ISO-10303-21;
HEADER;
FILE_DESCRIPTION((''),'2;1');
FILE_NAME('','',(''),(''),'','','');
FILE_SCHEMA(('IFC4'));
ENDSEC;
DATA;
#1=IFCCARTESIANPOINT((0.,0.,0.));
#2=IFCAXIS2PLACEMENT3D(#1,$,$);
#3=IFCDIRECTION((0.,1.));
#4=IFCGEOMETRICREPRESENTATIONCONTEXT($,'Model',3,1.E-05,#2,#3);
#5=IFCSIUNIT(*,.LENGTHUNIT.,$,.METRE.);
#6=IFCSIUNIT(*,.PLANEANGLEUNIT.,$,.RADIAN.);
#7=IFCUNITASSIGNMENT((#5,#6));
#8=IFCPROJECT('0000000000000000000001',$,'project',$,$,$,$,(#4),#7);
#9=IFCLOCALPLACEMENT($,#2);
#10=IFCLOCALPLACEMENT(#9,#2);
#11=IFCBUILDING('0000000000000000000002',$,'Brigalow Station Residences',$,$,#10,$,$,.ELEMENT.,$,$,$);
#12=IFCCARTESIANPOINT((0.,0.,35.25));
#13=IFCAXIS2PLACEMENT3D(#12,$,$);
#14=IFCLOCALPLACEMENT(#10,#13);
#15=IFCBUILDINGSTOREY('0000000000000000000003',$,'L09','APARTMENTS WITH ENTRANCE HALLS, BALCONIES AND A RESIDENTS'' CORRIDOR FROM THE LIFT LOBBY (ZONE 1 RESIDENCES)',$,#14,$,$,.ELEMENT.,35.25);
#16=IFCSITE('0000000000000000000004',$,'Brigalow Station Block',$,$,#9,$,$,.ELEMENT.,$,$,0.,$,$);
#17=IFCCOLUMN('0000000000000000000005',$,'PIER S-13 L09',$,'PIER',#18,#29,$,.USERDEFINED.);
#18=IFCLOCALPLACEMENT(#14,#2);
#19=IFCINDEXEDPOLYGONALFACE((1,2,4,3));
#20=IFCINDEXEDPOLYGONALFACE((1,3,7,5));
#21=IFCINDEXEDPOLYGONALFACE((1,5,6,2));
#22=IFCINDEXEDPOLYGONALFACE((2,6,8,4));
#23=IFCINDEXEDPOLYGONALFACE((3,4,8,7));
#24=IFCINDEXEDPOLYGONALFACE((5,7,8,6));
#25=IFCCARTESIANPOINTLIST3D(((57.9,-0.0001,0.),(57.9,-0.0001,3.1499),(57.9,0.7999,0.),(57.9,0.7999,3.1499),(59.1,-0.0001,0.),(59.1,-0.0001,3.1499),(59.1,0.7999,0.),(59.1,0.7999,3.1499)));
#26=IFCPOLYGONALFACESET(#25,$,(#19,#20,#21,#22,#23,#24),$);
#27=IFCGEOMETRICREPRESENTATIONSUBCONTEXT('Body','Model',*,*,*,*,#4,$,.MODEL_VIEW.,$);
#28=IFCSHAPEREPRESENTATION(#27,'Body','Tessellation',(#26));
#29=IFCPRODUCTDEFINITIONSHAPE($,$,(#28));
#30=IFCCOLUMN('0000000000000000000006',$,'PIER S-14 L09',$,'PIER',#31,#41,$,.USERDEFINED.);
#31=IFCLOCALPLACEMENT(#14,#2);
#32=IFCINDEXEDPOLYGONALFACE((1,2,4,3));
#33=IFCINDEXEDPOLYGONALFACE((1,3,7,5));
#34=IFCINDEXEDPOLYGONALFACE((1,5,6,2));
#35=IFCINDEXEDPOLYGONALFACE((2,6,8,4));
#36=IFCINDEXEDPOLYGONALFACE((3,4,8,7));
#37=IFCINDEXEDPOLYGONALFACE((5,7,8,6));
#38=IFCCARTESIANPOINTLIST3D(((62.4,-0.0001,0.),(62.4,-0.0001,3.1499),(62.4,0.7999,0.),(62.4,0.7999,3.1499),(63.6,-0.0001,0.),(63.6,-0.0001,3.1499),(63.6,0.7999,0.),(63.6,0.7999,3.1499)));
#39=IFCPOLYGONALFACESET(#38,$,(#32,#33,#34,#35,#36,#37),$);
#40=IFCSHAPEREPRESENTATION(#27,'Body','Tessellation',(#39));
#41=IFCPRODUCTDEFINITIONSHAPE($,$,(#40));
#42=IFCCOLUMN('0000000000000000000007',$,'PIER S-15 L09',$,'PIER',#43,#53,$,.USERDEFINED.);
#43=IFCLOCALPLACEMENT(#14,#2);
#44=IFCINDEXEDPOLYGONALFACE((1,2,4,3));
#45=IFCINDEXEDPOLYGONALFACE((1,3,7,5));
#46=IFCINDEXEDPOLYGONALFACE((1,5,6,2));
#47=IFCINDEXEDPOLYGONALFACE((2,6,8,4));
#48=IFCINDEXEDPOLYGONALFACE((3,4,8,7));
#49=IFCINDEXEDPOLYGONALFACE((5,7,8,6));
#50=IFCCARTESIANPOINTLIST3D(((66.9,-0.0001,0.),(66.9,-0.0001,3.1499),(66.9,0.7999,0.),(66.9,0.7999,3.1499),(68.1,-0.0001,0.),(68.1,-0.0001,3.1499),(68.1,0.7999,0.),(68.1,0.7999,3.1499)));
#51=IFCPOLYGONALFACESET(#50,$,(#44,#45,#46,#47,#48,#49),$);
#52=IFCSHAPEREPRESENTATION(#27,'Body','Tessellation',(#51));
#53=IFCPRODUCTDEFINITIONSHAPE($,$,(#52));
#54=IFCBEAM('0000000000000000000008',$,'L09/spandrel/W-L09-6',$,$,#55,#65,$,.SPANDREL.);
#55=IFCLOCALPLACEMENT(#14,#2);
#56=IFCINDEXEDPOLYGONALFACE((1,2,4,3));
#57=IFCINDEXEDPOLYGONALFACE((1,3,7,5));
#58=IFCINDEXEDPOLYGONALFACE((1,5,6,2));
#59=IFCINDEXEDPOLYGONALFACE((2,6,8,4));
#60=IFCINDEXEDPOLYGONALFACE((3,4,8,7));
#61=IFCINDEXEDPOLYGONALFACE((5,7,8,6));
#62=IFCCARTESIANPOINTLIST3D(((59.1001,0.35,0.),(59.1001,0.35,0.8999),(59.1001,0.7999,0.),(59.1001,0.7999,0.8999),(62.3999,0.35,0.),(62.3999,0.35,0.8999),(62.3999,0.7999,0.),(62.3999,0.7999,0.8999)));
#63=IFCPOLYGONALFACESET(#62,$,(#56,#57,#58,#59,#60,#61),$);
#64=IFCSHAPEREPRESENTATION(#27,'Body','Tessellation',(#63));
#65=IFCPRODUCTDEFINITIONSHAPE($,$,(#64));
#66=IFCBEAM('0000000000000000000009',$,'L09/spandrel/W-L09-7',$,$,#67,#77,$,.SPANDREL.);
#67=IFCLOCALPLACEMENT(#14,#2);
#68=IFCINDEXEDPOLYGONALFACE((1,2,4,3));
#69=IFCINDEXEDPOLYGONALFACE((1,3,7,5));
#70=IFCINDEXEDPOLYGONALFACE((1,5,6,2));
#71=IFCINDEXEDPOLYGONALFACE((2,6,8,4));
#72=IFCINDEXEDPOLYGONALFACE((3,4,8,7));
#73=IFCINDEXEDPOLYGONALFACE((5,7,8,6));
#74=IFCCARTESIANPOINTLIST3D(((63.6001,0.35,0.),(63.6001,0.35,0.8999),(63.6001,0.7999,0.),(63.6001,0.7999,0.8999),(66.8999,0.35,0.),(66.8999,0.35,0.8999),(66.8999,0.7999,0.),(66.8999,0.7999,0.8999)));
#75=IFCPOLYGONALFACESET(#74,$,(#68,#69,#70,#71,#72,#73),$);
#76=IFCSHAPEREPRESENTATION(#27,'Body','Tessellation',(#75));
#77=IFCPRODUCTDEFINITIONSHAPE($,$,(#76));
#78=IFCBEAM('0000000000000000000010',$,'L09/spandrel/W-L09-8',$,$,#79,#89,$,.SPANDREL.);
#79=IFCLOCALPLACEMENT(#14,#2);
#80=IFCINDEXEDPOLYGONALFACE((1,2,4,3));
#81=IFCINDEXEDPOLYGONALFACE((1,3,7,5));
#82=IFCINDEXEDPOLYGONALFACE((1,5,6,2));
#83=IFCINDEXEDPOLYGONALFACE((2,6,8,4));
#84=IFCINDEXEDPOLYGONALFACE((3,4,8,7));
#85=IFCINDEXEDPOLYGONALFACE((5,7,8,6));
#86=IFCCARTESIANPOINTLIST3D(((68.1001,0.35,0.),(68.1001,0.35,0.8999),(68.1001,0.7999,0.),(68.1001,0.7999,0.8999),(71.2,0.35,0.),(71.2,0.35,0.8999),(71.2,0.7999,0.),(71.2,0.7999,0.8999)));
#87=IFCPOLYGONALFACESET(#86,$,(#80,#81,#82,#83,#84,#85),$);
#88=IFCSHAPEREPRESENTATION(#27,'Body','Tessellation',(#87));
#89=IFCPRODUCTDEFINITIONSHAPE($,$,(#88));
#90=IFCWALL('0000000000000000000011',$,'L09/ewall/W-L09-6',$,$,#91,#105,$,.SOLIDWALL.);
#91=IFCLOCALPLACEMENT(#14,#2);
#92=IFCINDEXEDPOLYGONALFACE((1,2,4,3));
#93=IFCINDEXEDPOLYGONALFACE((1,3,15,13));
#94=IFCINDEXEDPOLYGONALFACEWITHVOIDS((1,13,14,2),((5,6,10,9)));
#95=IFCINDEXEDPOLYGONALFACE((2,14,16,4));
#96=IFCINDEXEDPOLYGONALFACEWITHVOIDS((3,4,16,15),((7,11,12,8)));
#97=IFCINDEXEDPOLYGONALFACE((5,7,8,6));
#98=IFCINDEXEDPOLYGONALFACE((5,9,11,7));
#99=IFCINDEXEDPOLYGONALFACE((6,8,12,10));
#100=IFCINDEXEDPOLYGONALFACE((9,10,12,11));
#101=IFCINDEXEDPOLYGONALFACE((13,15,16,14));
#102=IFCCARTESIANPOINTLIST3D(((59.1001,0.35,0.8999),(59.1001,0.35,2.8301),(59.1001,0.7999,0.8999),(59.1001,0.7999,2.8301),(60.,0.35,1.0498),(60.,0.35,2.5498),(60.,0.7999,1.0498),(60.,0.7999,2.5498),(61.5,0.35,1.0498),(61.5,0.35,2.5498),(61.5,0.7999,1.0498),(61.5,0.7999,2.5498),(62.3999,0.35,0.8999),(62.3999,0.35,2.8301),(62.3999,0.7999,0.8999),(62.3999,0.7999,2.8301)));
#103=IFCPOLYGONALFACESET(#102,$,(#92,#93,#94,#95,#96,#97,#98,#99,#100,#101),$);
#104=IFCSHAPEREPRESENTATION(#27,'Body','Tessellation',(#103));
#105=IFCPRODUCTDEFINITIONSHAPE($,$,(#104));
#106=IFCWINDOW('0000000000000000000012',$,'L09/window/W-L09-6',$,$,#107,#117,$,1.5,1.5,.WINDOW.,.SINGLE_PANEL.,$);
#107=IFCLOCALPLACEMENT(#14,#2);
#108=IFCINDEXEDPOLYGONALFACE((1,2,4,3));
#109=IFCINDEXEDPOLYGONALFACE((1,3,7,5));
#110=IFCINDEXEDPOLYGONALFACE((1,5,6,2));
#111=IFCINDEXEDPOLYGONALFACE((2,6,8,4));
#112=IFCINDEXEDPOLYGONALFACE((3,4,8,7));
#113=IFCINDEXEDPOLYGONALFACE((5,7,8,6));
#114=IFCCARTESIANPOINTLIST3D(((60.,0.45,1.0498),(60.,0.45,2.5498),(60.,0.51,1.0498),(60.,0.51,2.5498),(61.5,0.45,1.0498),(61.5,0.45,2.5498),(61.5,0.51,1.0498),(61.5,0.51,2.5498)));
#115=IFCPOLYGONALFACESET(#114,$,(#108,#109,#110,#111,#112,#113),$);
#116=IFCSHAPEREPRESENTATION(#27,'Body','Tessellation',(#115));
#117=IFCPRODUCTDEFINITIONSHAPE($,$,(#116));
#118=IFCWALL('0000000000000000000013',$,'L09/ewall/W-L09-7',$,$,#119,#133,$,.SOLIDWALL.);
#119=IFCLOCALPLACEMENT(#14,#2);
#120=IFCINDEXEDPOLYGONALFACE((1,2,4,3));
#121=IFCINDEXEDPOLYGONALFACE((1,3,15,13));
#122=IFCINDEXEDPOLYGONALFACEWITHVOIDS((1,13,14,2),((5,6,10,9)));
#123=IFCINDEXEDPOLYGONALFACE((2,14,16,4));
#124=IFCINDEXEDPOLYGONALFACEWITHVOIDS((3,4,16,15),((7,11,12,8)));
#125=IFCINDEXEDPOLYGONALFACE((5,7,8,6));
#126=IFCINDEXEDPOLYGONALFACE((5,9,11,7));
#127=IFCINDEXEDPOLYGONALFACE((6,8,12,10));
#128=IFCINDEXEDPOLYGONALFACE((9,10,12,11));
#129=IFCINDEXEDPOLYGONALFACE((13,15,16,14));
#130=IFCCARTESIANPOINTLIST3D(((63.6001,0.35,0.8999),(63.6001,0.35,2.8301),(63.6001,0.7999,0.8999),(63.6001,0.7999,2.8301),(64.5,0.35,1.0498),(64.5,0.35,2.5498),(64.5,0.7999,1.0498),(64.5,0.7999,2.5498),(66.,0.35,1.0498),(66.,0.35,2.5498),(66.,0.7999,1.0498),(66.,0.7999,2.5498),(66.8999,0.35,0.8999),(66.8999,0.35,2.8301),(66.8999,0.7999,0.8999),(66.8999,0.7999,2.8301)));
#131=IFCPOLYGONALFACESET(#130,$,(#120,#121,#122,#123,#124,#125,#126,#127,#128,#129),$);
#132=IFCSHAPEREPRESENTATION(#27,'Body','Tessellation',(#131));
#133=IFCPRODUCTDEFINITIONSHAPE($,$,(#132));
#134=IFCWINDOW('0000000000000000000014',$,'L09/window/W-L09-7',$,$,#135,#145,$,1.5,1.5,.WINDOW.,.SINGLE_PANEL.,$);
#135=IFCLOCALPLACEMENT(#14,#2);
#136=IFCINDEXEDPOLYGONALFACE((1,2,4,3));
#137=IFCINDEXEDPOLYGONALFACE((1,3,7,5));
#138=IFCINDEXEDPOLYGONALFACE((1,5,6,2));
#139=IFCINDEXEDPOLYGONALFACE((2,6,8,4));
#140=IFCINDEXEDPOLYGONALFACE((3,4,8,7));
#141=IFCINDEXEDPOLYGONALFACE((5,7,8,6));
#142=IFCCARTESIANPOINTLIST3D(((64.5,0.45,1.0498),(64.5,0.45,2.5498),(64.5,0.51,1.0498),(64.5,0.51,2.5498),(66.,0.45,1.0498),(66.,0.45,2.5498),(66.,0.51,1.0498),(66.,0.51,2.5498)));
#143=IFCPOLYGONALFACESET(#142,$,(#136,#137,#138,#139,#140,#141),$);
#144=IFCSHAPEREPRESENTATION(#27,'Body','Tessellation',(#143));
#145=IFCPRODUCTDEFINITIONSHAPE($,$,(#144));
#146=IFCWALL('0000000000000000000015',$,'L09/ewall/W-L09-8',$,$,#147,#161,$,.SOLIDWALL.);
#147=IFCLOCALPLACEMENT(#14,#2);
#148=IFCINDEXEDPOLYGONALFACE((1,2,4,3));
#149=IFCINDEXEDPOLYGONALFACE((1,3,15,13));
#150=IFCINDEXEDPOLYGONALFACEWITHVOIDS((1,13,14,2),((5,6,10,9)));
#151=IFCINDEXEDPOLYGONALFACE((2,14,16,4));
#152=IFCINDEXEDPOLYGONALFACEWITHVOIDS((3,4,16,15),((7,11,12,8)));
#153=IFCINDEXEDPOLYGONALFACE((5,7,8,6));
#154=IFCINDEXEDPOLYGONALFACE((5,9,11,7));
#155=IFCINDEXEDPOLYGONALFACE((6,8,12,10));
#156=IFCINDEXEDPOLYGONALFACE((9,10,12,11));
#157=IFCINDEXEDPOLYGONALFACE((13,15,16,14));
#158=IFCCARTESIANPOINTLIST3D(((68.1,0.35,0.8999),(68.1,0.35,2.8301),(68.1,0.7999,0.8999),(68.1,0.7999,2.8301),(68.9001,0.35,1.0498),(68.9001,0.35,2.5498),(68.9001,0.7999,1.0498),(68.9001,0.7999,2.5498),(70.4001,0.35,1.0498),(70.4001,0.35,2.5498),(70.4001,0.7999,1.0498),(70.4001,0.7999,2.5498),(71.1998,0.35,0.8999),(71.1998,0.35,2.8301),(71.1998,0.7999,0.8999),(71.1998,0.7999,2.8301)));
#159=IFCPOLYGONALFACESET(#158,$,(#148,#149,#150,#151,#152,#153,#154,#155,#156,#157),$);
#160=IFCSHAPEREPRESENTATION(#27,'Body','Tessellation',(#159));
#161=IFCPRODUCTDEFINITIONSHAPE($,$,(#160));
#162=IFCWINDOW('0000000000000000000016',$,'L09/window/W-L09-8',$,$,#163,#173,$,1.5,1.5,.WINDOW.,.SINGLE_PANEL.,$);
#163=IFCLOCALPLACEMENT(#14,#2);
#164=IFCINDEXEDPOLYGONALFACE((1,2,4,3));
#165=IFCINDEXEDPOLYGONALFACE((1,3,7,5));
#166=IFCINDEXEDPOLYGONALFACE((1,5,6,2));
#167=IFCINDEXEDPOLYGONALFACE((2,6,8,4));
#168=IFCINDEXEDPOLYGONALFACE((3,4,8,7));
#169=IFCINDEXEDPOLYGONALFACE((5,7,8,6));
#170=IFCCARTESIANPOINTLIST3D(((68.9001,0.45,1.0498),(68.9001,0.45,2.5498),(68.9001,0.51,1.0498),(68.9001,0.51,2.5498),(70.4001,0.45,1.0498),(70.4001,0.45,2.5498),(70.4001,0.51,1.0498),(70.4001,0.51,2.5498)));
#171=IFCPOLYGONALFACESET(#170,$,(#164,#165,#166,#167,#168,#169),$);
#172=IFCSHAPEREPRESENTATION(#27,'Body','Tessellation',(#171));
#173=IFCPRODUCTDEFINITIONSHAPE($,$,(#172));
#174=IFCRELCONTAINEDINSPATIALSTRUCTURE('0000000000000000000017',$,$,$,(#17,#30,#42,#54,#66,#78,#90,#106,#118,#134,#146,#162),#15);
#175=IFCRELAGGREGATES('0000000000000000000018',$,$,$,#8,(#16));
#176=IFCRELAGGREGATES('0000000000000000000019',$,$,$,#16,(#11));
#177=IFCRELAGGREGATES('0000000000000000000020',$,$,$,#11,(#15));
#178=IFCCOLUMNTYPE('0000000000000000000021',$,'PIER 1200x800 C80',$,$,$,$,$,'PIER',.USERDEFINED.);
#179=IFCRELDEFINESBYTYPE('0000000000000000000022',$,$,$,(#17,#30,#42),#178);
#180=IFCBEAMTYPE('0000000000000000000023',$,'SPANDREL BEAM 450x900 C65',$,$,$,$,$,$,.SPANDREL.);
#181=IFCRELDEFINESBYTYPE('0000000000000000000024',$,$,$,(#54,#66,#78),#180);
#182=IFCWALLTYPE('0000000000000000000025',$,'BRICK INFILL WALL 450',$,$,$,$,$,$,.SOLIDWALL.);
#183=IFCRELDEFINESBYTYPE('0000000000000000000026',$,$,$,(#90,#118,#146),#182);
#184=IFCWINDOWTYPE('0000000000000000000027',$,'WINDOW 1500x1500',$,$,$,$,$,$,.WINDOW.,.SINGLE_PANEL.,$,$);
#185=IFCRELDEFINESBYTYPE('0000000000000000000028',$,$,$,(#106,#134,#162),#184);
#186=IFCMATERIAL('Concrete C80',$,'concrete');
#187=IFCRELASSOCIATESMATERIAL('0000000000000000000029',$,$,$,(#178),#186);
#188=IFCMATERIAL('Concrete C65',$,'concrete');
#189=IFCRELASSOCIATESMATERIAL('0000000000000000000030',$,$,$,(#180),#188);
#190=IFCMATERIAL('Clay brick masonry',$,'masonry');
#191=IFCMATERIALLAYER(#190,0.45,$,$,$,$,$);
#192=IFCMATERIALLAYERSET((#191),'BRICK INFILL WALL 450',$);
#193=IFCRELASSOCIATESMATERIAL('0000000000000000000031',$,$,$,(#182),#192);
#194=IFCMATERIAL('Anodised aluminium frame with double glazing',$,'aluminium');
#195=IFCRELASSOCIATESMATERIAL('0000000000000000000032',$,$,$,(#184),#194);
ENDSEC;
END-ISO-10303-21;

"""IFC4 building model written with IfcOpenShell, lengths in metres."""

from ifc_helpers import new_model, si_unit, direction, frame, frame_2d, origin, origin_2d, place, context, subcontext, project, spatial, rectangle, extrude, material, layer, layer_set, material_profile, profile_set, type_object, element, fill, save


model = new_model("IFC4")

# Units and contexts
model_context = context("Model", 3, precision=1e-05, world=origin(), true_north=direction((0.0, 1.0)))
body_context = subcontext(model_context, "Body", "Model", "MODEL_VIEW")
ifc_project = project(units=[si_unit("LENGTHUNIT", "METRE"), si_unit("PLANEANGLEUNIT", "RADIAN")], contexts=[model_context])

# Site, building, storey
site_placement = place(None, origin())
site = spatial("IfcSite", under=ifc_project, at=site_placement, Name="Brigalow Station Block", CompositionType="ELEMENT", RefElevation=0.0)
building_placement = place(site_placement, origin())
building = spatial("IfcBuilding", under=site, at=building_placement, Name="Brigalow Station Residences", CompositionType="ELEMENT")
storey_placement = place(building_placement, frame((0.0, 0.0, 35.25)))
storey = spatial("IfcBuildingStorey", under=building, at=storey_placement, Name="L09", Description="APARTMENTS WITH ENTRANCE HALLS, BALCONIES AND A RESIDENTS' CORRIDOR FROM THE LIFT LOBBY (ZONE 1 RESIDENCES)", CompositionType="ELEMENT", Elevation=35.25)

# Columns
ifc_material_1 = material(Name="Concrete C80", Category="concrete")
ifc_material_profile_1 = material_profile(ifc_material_1, rectangle(XDim=1.2, YDim=0.8, at=origin_2d()), Name="RC1200x800")
ifc_profile_set_1 = profile_set([ifc_material_profile_1], Name="Concrete C80")
column_type = type_object("IfcColumnType", Name="PIER 1200x800 C80", ElementType="PIER", PredefinedType="USERDEFINED", material=ifc_profile_set_1)
for number, where, z_axis, x_axis, name in (
    (1, (58.5, 0.3999, 0.0), (0.0, 0.0, 1.0), (1.0, 0.0, 0.0), "PIER S-13 L09"),
    (2, (63.0, 0.3999, 0.0), (0.0, 0.0, 1.0), (1.0, 0.0, 0.0), "PIER S-14 L09"),
    (3, (67.5, 0.3999, 0.0), (0.0, 0.0, 1.0), (1.0, 0.0, 0.0), "PIER S-15 L09"),
):
    element("IfcColumn", number, at=place(storey_placement, frame(where, z_axis=z_axis, x_axis=x_axis)), inside=storey, type_object=column_type, Name=name, ObjectType="PIER", PredefinedType="USERDEFINED", context=body_context, shape_type="SweptSolid", body=[
        extrude(rectangle(XDim=1.2, YDim=0.8, at=origin_2d()), origin(), (0.0, 0.0, 1.0), 3.1499),
    ])

# Beams
ifc_material_2 = material(Name="Concrete C65", Category="concrete")
ifc_material_profile_2 = material_profile(ifc_material_2, rectangle(XDim=0.45, YDim=0.8999, at=origin_2d()), Name="RC450x900")
ifc_profile_set_2 = profile_set([ifc_material_profile_2], Name="Concrete C65")
beam_type = type_object("IfcBeamType", Name="SPANDREL BEAM 450x900 C65", PredefinedType="SPANDREL", material=ifc_profile_set_2)
for number, where, z_axis, x_axis, name in (
    (4, (59.1001, 0.575, 0.45), (1.0, 0.0, 0.0), (0.0, 1.0, 0.0), "L09/spandrel/W-L09-6"),
    (5, (63.6001, 0.575, 0.45), (1.0, 0.0, 0.0), (0.0, 1.0, 0.0), "L09/spandrel/W-L09-7"),
):
    element("IfcBeam", number, at=place(storey_placement, frame(where, z_axis=z_axis, x_axis=x_axis)), inside=storey, type_object=beam_type, Name=name, PredefinedType="SPANDREL", context=body_context, shape_type="SweptSolid", body=[
        extrude(rectangle(XDim=0.45, YDim=0.8999, at=origin_2d()), origin(), (0.0, 0.0, 1.0), 3.2998),
    ])
beam_placement = place(storey_placement, frame((68.1001, 0.575, 0.45), z_axis=(1.0, 0.0, 0.0), x_axis=(0.0, 1.0, 0.0)))
element("IfcBeam", 6, at=beam_placement, inside=storey, type_object=beam_type, Name="L09/spandrel/W-L09-8", PredefinedType="SPANDREL", context=body_context, shape_type="SweptSolid", body=[
    extrude(rectangle(XDim=0.45, YDim=0.8999, at=origin_2d()), origin(), (0.0, 0.0, 1.0), 3.0999),
])

# Walls, openings, windows
ifc_material_3 = material(Name="Clay brick masonry", Category="masonry")
ifc_layer_1 = layer(ifc_material_3, 0.45)
ifc_layer_set_1 = layer_set([ifc_layer_1], Name="BRICK INFILL WALL 450")
wall_type_1 = type_object("IfcWallType", Name="BRICK INFILL WALL 450", PredefinedType="SOLIDWALL", material=ifc_layer_set_1)
wall_1_placement = place(storey_placement, frame((59.1001, 0.575, 0.8999), z_axis=(0.0, 0.0, 1.0), x_axis=(1.0, 0.0, 0.0)))
wall_1 = element("IfcWall", 7, at=wall_1_placement, inside=storey, type_object=wall_type_1, Name="L09/ewall/W-L09-6", PredefinedType="SOLIDWALL", context=body_context, shape_type="SweptSolid", body=[
    extrude(rectangle(XDim=3.2998, YDim=0.45, at=frame_2d((1.6499, 0.0))), origin(), (0.0, 0.0, 1.0), 1.9302),
])
opening_1_placement = place(wall_1_placement, frame((0.8999, 0.0, 0.1499)))
opening_1 = element("IfcOpeningElement", 8, at=opening_1_placement, cuts=wall_1, PredefinedType="OPENING", context=body_context, shape_type="SweptSolid", body=[
    extrude(rectangle(XDim=1.5, YDim=1.5, at=frame_2d((0.75, 0.75))), frame((0.0, 0.2349, 0.0), z_axis=(0.0, -1.0, 0.0), x_axis=(1.0, 0.0, 0.0)), (0.0, 0.0, 1.0), 0.47),
])
ifc_material_4 = material(Name="Anodised aluminium frame with double glazing", Category="aluminium")
window_type = type_object("IfcWindowType", Name="WINDOW 1500x1500", PartitioningType="SINGLE_PANEL", PredefinedType="WINDOW", material=ifc_material_4)
window_1_placement = place(opening_1_placement, origin())
window_1 = element("IfcWindow", 9, at=window_1_placement, inside=storey, type_object=window_type, Name="L09/window/W-L09-6", OverallHeight=1.5, OverallWidth=1.5, PartitioningType="SINGLE_PANEL", PredefinedType="WINDOW", context=body_context, shape_type="SweptSolid", body=[
    extrude(rectangle(XDim=1.5, YDim=1.5, at=frame_2d((0.75, 0.75))), frame((0.0, -0.0649, 0.0), z_axis=(0.0, -1.0, 0.0), x_axis=(1.0, 0.0, 0.0)), (0.0, 0.0, 1.0), 0.0601),
])
fill(opening_1, window_1)
wall_2_placement = place(storey_placement, frame((63.6001, 0.575, 0.8999), z_axis=(0.0, 0.0, 1.0), x_axis=(1.0, 0.0, 0.0)))
wall_2 = element("IfcWall", 10, at=wall_2_placement, inside=storey, type_object=wall_type_1, Name="L09/ewall/W-L09-7", PredefinedType="SOLIDWALL", context=body_context, shape_type="SweptSolid", body=[
    extrude(rectangle(XDim=3.2998, YDim=0.45, at=frame_2d((1.6499, 0.0))), origin(), (0.0, 0.0, 1.0), 1.9302),
])
opening_2_placement = place(wall_2_placement, frame((0.8999, 0.0, 0.1499)))
opening_2 = element("IfcOpeningElement", 11, at=opening_2_placement, cuts=wall_2, PredefinedType="OPENING", context=body_context, shape_type="SweptSolid", body=[
    extrude(rectangle(XDim=1.5, YDim=1.5, at=frame_2d((0.75, 0.75))), frame((0.0, 0.2349, 0.0), z_axis=(0.0, -1.0, 0.0), x_axis=(1.0, 0.0, 0.0)), (0.0, 0.0, 1.0), 0.47),
])
window_2_placement = place(opening_2_placement, origin())
window_2 = element("IfcWindow", 12, at=window_2_placement, inside=storey, type_object=window_type, Name="L09/window/W-L09-7", OverallHeight=1.5, OverallWidth=1.5, PartitioningType="SINGLE_PANEL", PredefinedType="WINDOW", context=body_context, shape_type="SweptSolid", body=[
    extrude(rectangle(XDim=1.5, YDim=1.5, at=frame_2d((0.75, 0.75))), frame((0.0, -0.0649, 0.0), z_axis=(0.0, -1.0, 0.0), x_axis=(1.0, 0.0, 0.0)), (0.0, 0.0, 1.0), 0.0601),
])
fill(opening_2, window_2)
wall_3_placement = place(storey_placement, frame((68.1001, 0.575, 0.8999), z_axis=(0.0, 0.0, 1.0), x_axis=(1.0, 0.0, 0.0)))
wall_3 = element("IfcWall", 13, at=wall_3_placement, inside=storey, type_object=wall_type_1, Name="L09/ewall/W-L09-8", PredefinedType="SOLIDWALL", context=body_context, shape_type="SweptSolid", body=[
    extrude(rectangle(XDim=3.0999, YDim=0.45, at=frame_2d((1.5498, 0.0))), origin(), (0.0, 0.0, 1.0), 1.9302),
])
opening_3_placement = place(wall_3_placement, frame((0.8, 0.0, 0.1499)))
opening_3 = element("IfcOpeningElement", 14, at=opening_3_placement, cuts=wall_3, PredefinedType="OPENING", context=body_context, shape_type="SweptSolid", body=[
    extrude(rectangle(XDim=1.5, YDim=1.5, at=frame_2d((0.75, 0.75))), frame((0.0, 0.2349, 0.0), z_axis=(0.0, -1.0, 0.0), x_axis=(1.0, 0.0, 0.0)), (0.0, 0.0, 1.0), 0.47),
])
window_3_placement = place(opening_3_placement, origin())
window_3 = element("IfcWindow", 15, at=window_3_placement, inside=storey, type_object=window_type, Name="L09/window/W-L09-8", OverallHeight=1.5, OverallWidth=1.5, PartitioningType="SINGLE_PANEL", PredefinedType="WINDOW", context=body_context, shape_type="SweptSolid", body=[
    extrude(rectangle(XDim=1.5, YDim=1.5, at=frame_2d((0.75, 0.75))), frame((0.0, -0.0649, 0.0), z_axis=(0.0, -1.0, 0.0), x_axis=(1.0, 0.0, 0.0)), (0.0, 0.0, 1.0), 0.0601),
])
fill(opening_3, window_3)

save(model, "model.ifc")
